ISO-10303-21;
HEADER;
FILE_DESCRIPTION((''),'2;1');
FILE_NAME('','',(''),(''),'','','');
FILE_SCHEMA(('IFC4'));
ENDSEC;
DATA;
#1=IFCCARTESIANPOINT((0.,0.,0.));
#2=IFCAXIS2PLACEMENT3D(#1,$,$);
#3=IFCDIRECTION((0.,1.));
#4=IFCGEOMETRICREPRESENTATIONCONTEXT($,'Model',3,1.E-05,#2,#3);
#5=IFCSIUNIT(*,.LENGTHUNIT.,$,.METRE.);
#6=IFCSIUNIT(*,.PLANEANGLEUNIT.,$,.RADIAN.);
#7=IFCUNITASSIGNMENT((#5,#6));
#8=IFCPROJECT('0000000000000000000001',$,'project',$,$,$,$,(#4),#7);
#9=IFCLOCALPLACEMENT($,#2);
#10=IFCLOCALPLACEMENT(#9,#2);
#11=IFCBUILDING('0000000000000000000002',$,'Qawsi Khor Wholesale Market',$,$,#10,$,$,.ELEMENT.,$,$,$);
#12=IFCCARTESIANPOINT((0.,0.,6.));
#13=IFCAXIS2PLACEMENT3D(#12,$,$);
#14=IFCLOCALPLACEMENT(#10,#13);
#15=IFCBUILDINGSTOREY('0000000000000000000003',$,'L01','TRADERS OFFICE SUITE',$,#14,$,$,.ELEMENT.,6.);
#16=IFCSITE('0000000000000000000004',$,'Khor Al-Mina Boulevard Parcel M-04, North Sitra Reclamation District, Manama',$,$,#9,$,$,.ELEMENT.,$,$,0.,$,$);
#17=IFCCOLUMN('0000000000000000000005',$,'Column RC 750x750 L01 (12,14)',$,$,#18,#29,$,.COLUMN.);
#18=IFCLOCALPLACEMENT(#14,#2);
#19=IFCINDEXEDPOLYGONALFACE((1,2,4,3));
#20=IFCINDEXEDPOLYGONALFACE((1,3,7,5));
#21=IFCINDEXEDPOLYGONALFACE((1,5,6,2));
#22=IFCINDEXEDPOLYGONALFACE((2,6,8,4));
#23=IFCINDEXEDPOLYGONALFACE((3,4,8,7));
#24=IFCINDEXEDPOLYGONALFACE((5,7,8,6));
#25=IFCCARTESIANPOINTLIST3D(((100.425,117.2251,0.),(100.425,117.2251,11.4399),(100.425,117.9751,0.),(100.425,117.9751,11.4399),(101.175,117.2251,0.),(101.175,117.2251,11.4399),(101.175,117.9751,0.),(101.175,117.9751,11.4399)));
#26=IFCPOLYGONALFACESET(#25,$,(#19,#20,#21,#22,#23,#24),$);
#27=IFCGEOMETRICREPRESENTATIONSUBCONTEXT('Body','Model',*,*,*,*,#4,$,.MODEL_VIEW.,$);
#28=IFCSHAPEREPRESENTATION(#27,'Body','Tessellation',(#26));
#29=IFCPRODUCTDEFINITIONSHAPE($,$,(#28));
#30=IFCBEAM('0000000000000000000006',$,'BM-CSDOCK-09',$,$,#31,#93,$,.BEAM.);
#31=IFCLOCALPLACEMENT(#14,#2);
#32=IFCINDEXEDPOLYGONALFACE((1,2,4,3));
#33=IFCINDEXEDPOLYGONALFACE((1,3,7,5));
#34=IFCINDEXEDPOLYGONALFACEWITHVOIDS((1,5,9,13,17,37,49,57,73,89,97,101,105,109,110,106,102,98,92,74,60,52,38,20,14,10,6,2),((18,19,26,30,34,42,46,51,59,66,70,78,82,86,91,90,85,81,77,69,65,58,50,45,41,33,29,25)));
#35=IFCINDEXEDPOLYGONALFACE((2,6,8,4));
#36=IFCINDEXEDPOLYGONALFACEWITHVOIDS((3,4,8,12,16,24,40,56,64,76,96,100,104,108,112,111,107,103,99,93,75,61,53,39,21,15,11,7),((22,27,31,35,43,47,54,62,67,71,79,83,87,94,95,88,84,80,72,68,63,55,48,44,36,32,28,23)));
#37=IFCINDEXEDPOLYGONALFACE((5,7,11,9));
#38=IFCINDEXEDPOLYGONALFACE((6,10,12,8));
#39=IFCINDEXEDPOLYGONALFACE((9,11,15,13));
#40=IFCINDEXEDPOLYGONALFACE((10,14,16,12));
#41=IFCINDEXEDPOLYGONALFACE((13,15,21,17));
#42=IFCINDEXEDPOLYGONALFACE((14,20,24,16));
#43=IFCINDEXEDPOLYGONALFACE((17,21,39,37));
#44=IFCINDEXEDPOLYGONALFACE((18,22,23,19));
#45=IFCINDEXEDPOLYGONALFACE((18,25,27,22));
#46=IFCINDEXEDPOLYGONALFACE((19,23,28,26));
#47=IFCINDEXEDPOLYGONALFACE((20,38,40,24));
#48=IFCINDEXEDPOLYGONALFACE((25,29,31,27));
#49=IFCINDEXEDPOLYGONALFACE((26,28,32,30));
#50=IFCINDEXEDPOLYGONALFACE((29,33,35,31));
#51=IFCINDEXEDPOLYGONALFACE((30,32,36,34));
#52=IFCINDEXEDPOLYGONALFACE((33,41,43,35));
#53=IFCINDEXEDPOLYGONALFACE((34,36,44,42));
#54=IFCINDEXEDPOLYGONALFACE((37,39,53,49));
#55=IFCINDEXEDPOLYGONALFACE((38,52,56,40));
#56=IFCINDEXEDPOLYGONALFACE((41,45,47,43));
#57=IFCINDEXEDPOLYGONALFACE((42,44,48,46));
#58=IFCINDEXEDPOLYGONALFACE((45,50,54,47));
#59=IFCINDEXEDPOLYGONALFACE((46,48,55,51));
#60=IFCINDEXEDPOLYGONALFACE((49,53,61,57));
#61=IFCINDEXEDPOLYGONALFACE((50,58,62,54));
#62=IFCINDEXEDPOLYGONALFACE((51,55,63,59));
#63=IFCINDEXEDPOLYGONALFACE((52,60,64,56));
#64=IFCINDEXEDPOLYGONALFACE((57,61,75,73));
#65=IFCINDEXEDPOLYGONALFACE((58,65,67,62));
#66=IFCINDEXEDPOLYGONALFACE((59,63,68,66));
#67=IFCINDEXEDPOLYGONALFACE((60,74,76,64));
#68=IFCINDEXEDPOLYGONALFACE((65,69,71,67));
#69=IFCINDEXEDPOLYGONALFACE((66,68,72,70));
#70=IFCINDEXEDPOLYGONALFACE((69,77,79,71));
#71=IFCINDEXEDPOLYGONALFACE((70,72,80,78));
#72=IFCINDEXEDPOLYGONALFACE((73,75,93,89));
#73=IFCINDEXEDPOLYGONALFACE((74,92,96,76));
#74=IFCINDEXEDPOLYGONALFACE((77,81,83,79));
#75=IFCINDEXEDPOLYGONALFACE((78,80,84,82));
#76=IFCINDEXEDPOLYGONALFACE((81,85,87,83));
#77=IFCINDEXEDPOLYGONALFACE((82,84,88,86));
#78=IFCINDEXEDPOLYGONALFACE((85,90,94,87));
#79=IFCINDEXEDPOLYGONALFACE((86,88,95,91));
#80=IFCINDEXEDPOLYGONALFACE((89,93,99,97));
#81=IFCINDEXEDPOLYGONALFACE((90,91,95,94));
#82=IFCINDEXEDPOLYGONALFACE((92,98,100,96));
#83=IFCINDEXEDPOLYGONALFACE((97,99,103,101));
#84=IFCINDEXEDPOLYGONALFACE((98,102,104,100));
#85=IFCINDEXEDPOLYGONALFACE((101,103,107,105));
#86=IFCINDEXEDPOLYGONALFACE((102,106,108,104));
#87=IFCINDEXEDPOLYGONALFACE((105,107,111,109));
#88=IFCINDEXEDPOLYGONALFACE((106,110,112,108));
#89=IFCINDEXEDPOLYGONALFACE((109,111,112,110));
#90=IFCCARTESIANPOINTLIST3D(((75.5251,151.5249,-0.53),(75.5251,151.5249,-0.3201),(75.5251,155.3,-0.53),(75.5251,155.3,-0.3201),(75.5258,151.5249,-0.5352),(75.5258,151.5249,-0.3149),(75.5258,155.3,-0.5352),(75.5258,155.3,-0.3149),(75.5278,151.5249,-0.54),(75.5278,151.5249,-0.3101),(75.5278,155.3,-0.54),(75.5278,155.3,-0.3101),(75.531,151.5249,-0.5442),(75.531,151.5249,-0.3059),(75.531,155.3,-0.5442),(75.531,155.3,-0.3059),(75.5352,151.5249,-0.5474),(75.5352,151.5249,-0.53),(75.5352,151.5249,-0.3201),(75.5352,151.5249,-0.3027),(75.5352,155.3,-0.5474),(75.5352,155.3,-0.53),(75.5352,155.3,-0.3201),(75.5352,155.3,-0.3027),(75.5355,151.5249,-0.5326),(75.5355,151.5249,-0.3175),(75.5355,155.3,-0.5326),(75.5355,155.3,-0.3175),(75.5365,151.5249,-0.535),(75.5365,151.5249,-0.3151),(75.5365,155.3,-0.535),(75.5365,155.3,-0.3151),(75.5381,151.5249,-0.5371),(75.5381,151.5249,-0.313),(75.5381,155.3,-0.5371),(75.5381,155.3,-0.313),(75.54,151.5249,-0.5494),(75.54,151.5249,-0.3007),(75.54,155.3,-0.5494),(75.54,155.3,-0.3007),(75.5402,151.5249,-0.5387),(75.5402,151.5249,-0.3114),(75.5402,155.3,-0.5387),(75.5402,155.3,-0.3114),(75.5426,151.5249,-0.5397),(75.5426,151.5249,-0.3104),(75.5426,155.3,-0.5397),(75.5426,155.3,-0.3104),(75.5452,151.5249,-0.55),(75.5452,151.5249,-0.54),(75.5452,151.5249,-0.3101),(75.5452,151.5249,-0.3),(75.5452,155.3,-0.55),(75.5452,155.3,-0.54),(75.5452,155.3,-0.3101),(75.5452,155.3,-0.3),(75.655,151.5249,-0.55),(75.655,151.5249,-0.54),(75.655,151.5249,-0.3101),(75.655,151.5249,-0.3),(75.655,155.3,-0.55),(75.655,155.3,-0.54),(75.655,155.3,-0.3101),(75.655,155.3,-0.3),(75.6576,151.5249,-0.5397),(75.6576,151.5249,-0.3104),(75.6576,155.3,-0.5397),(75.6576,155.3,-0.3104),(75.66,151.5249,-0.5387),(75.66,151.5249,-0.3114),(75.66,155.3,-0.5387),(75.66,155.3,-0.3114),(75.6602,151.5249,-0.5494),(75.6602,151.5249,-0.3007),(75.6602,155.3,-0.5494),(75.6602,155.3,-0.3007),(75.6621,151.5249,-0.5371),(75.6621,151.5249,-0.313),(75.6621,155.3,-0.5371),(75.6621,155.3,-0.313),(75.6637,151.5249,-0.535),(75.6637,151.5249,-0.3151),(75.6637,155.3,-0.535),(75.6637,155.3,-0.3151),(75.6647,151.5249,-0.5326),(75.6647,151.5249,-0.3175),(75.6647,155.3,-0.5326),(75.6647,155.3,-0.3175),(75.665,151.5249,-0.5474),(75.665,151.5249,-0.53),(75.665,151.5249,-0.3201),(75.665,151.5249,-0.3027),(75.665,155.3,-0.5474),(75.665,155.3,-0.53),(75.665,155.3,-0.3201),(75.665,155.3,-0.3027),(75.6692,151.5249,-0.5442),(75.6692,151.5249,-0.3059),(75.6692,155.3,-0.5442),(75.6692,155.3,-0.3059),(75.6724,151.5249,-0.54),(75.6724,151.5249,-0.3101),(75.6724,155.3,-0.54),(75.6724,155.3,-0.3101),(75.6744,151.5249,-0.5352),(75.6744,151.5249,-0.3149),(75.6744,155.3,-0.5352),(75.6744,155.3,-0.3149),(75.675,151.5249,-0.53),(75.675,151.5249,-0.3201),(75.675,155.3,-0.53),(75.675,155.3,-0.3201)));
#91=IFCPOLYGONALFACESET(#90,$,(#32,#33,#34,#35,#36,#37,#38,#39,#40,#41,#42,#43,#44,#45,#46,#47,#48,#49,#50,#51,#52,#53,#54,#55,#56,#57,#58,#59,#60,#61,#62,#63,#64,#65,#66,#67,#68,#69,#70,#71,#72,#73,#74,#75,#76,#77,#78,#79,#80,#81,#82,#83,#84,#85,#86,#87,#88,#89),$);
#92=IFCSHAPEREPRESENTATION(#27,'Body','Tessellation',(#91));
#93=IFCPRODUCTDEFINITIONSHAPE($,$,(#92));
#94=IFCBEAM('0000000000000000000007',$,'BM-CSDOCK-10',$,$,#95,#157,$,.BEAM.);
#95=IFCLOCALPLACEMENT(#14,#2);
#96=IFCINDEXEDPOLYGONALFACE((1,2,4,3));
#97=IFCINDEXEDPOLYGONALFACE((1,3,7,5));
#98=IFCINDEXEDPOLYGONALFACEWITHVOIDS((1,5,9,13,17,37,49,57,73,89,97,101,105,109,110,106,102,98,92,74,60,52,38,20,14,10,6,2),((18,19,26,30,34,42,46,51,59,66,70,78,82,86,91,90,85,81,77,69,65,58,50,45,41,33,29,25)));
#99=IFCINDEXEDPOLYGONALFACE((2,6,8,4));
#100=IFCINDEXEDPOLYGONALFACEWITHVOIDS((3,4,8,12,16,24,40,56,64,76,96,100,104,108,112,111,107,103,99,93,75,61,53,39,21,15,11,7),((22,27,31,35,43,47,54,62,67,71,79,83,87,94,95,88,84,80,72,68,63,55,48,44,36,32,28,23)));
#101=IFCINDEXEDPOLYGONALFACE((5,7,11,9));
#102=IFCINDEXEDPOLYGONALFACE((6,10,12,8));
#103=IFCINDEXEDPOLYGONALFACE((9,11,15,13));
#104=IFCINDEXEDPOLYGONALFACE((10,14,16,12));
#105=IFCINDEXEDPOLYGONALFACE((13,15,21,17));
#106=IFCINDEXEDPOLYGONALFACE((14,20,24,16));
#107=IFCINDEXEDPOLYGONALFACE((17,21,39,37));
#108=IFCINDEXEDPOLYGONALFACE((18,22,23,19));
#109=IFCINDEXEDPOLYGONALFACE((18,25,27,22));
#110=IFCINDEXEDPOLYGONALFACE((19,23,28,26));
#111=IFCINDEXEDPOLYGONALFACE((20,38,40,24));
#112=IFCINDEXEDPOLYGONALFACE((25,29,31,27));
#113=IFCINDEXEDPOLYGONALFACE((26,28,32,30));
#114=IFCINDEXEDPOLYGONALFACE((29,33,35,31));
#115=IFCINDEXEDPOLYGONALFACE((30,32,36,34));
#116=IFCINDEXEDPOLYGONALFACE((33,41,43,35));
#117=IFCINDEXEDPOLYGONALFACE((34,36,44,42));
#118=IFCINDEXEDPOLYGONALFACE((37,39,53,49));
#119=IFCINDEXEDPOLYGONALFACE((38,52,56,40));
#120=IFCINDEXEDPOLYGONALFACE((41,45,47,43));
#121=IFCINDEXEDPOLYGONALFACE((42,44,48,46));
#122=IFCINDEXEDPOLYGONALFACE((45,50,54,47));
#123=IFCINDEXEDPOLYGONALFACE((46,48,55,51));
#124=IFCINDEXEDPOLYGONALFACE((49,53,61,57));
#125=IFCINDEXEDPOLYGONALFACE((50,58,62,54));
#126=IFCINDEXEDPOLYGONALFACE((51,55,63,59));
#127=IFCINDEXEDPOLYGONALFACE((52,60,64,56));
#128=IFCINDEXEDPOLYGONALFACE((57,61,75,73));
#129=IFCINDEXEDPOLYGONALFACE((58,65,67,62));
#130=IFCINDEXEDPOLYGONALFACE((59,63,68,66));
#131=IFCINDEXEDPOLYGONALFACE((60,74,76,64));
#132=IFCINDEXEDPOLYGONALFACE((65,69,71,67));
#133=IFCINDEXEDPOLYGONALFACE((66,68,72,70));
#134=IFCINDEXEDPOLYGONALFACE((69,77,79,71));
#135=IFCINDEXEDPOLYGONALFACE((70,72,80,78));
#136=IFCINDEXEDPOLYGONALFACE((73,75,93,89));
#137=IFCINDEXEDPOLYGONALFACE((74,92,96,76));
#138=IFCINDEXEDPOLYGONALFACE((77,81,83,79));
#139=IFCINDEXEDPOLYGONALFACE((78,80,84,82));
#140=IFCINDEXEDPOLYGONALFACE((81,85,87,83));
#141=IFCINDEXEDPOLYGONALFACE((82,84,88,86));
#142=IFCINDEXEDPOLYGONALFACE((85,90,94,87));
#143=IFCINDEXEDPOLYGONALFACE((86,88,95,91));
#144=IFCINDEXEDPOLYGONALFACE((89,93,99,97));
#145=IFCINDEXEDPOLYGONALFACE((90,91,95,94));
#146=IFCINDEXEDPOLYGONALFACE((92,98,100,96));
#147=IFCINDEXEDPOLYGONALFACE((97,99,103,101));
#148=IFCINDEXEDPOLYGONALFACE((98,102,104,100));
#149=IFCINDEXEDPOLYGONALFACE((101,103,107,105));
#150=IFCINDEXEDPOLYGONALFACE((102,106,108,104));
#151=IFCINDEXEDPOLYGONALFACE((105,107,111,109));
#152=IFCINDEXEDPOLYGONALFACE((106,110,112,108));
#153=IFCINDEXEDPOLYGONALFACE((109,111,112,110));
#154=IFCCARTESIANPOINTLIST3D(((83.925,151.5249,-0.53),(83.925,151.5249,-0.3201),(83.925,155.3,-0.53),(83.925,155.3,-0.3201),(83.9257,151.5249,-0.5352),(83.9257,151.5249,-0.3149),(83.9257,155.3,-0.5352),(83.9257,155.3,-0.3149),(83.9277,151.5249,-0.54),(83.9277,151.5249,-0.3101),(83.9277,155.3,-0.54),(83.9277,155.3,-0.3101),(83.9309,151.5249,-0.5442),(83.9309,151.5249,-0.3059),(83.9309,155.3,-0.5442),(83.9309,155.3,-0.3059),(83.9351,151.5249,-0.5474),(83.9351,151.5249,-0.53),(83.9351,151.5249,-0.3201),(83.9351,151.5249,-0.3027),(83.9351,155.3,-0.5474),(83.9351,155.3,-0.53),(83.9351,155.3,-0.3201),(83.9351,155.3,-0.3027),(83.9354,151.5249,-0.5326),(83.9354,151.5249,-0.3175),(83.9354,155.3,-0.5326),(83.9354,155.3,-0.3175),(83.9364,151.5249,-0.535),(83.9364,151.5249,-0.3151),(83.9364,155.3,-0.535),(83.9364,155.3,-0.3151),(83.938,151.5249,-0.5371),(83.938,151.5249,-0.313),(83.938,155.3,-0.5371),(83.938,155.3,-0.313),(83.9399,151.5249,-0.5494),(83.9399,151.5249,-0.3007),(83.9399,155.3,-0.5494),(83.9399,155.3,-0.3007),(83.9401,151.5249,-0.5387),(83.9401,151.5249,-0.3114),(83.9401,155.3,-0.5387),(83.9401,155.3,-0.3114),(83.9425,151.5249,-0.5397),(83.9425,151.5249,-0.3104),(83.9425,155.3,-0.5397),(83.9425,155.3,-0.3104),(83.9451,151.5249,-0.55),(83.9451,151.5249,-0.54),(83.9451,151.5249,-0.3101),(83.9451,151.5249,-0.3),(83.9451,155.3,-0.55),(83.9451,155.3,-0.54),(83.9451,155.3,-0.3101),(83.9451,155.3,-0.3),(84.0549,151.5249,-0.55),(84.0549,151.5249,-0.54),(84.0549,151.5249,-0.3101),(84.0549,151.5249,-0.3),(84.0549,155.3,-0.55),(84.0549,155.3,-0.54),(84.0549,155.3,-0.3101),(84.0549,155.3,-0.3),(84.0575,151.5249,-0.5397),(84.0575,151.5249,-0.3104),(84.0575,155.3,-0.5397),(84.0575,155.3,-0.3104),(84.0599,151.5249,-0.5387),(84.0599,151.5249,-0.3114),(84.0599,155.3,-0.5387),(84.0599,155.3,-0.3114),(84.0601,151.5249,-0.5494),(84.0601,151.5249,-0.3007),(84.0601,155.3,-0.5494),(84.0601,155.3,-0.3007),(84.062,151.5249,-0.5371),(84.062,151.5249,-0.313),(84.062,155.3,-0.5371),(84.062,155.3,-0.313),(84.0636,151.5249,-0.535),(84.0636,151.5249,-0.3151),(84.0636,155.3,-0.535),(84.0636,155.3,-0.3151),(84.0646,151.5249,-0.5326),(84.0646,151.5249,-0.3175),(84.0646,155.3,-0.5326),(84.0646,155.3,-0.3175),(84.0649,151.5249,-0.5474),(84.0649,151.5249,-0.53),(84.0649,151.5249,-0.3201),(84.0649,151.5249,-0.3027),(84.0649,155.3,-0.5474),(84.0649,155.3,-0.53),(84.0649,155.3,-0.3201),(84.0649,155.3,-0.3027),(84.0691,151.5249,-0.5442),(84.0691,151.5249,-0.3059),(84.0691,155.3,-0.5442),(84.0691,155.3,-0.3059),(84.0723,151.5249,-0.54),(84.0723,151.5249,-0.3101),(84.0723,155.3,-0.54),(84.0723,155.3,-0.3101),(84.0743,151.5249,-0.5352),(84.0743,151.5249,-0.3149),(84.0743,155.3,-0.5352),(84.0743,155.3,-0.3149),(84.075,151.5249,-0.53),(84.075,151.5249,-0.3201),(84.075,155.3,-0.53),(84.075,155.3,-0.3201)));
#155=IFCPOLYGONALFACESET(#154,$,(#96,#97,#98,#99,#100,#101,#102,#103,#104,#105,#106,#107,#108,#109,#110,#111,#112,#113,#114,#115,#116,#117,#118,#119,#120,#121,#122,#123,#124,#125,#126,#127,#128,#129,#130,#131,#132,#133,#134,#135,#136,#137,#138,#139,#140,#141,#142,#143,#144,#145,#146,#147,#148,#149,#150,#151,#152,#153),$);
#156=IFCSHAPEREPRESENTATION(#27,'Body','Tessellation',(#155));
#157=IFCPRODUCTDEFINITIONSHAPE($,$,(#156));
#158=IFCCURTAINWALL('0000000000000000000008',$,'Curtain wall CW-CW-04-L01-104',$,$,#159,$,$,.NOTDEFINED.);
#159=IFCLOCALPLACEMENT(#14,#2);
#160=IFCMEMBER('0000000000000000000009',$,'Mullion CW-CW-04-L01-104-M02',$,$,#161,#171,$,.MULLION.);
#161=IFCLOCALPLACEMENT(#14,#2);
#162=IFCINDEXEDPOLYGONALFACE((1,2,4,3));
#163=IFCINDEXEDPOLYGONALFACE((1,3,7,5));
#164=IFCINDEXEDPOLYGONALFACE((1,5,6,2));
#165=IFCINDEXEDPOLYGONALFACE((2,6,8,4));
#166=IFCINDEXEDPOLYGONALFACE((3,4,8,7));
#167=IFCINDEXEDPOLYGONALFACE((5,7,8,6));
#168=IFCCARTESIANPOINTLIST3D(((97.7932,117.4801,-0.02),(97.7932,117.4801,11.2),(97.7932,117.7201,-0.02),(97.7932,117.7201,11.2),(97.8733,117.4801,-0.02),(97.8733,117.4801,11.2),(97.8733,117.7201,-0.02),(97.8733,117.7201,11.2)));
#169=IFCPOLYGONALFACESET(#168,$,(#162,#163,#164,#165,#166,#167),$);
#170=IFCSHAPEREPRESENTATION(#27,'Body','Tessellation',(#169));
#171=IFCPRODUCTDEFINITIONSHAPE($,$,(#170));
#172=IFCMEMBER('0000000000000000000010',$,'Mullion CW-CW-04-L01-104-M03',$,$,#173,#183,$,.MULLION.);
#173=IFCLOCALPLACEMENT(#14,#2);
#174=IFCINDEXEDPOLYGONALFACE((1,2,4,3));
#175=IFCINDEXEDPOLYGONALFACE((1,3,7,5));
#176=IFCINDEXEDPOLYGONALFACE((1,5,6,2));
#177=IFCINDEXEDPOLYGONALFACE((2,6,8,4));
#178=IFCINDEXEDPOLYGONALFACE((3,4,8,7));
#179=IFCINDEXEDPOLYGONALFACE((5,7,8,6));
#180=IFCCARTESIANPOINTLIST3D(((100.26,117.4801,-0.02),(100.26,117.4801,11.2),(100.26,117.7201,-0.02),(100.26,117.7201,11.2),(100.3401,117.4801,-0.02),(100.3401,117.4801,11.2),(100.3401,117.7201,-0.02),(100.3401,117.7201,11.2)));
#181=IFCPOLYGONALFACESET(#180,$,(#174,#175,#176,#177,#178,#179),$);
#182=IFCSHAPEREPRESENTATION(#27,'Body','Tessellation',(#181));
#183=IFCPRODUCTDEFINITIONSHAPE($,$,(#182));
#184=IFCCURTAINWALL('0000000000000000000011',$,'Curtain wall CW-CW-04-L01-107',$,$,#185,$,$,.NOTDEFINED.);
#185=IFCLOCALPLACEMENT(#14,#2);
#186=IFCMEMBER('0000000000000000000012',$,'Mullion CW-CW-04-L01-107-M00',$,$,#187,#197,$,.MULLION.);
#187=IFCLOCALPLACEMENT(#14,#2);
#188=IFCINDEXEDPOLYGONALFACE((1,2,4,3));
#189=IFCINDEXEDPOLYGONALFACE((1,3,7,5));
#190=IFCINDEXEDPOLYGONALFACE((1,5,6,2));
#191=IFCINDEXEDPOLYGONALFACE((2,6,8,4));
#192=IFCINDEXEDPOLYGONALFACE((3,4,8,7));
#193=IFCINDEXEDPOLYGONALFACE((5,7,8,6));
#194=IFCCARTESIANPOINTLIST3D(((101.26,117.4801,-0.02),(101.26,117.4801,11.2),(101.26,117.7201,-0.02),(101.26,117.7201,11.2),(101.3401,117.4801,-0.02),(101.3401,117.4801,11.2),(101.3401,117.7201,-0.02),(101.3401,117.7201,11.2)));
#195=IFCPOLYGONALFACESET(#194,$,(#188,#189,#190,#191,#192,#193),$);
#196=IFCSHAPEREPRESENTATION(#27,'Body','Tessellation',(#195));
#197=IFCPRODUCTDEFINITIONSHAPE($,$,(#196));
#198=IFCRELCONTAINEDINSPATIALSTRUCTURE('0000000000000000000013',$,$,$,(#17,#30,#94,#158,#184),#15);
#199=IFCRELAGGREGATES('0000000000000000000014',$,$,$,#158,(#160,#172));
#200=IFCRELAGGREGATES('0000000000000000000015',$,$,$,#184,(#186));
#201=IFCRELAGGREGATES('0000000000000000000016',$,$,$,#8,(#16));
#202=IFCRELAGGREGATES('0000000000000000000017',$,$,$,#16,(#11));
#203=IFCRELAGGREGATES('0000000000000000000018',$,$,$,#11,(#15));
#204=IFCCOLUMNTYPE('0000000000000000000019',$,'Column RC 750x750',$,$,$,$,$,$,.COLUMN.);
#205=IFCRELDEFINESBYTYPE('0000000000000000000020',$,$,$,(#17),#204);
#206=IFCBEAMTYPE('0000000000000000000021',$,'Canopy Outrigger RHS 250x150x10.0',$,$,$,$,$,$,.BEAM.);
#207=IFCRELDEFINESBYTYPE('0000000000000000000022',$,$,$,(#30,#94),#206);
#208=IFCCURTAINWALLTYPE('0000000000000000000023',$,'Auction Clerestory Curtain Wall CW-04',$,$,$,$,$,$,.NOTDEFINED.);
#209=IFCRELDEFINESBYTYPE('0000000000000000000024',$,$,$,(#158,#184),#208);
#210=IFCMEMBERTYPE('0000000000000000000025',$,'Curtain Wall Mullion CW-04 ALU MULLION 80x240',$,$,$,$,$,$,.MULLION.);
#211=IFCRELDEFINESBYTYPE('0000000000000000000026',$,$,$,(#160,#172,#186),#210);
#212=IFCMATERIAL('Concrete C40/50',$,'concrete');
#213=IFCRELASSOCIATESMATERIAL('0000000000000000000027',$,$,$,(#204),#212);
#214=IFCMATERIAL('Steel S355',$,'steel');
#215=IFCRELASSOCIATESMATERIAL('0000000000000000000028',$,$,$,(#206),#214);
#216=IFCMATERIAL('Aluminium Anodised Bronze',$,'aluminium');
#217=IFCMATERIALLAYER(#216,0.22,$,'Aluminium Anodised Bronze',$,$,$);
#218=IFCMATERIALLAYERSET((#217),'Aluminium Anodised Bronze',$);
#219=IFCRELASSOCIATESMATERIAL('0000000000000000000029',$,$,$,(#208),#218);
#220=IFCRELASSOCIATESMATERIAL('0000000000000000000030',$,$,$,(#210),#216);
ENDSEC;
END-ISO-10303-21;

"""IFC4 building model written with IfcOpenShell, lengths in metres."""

from ifc_helpers import new_model, si_unit, direction, frame, origin, origin_2d, place, context, subcontext, project, spatial, rectangle, hollow_rectangle, extrude, material, layer, layer_set, material_profile, profile_set, type_object, element, aggregate, save


model = new_model("IFC4")

# Units and contexts
model_context = context("Model", 3, precision=1e-05, world=origin(), true_north=direction((0.0, 1.0)))
body_context = subcontext(model_context, "Body", "Model", "MODEL_VIEW")
ifc_project = project(units=[si_unit("LENGTHUNIT", "METRE"), si_unit("PLANEANGLEUNIT", "RADIAN")], contexts=[model_context])

# Site, building, storey
site_placement = place(None, origin())
site = spatial("IfcSite", under=ifc_project, at=site_placement, Name="Khor Al-Mina Boulevard Parcel M-04, North Sitra Reclamation District, Manama", CompositionType="ELEMENT", RefElevation=0.0)
building_placement = place(site_placement, origin())
building = spatial("IfcBuilding", under=site, at=building_placement, Name="Qawsi Khor Wholesale Market", CompositionType="ELEMENT")
storey_placement = place(building_placement, frame((0.0, 0.0, 6.0)))
storey = spatial("IfcBuildingStorey", under=building, at=storey_placement, Name="L01", Description="TRADERS OFFICE SUITE", CompositionType="ELEMENT", Elevation=6.0)

# Column
ifc_material_1 = material(Name="Concrete C40/50", Category="concrete")
ifc_material_profile_1 = material_profile(ifc_material_1, rectangle(XDim=0.75, YDim=0.75, at=origin_2d()), Name="RC 750x750")
ifc_profile_set_1 = profile_set([ifc_material_profile_1], Name="Concrete C40/50")
column_type = type_object("IfcColumnType", Name="Column RC 750x750", PredefinedType="COLUMN", material=ifc_profile_set_1)
column_placement = place(storey_placement, frame((100.8, 117.6001, 0.0), z_axis=(0.0, 0.0, 1.0), x_axis=(1.0, 0.0, 0.0)))
element("IfcColumn", 1, at=column_placement, inside=storey, type_object=column_type, Name="Column RC 750x750 L01 (12,14)", PredefinedType="COLUMN", context=body_context, shape_type="SweptSolid", body=[
    extrude(rectangle(XDim=0.75, YDim=0.75, at=origin_2d()), origin(), (0.0, 0.0, 1.0), 11.4399),
])

# Beams
ifc_material_2 = material(Name="Steel S355", Category="steel")
ifc_material_profile_2 = material_profile(ifc_material_2, hollow_rectangle(XDim=0.1499, YDim=0.25, WallThickness=0.01, InnerFilletRadius=0.01, OuterFilletRadius=0.02, at=origin_2d()), Name="RHS 250x150x10.0")
ifc_profile_set_2 = profile_set([ifc_material_profile_2], Name="Steel S355")
beam_type_1 = type_object("IfcBeamType", Name="Canopy Outrigger RHS 250x150x10.0", PredefinedType="BEAM", material=ifc_profile_set_2)
for number, where, z_axis, x_axis, name in (
    (2, (75.6001, 151.5249, -0.425), (0.0, 1.0, 0.0), (-1.0, 0.0, 0.0), "BM-CSDOCK-09"),
    (3, (84.0, 151.5249, -0.425), (0.0, 1.0, 0.0), (-1.0, 0.0, 0.0), "BM-CSDOCK-10"),
):
    element("IfcBeam", number, at=place(storey_placement, frame(where, z_axis=z_axis, x_axis=x_axis)), inside=storey, type_object=beam_type_1, Name=name, PredefinedType="BEAM", context=body_context, shape_type="SweptSolid", body=[
        extrude(hollow_rectangle(XDim=0.1499, YDim=0.25, WallThickness=0.01, InnerFilletRadius=0.01, OuterFilletRadius=0.02, at=origin_2d()), origin(), (0.0, 0.0, 1.0), 3.7751),
    ])

# Curtain wall, members
ifc_material_3 = material(Name="Aluminium Anodised Bronze", Category="aluminium")
ifc_layer_1 = layer(ifc_material_3, 0.22, Name="Aluminium Anodised Bronze")
ifc_layer_set_1 = layer_set([ifc_layer_1], Name="Aluminium Anodised Bronze")
curtain_wall_type = type_object("IfcCurtainWallType", Name="Auction Clerestory Curtain Wall CW-04", PredefinedType="NOTDEFINED", material=ifc_layer_set_1)
curtain_wall_1_placement = place(storey_placement, origin())
curtain_wall_1 = element("IfcCurtainWall", 4, at=curtain_wall_1_placement, inside=storey, type_object=curtain_wall_type, Name="Curtain wall CW-CW-04-L01-104", PredefinedType="NOTDEFINED")
ifc_material_profile_3 = material_profile(ifc_material_3, rectangle(XDim=0.0801, YDim=0.24, at=origin_2d()), Name="ALU MULLION 80x240")
ifc_profile_set_3 = profile_set([ifc_material_profile_3], Name="Aluminium Anodised Bronze")
member_type_1 = type_object("IfcMemberType", Name="Curtain Wall Mullion CW-04 ALU MULLION 80x240", PredefinedType="MULLION", material=ifc_profile_set_3)
member_1_placement = place(storey_placement, frame((97.8333, 117.6001, -0.02), z_axis=(0.0, 0.0, 1.0), x_axis=(1.0, 0.0, 0.0)))
member_1 = element("IfcMember", 5, at=member_1_placement, type_object=member_type_1, Name="Mullion CW-CW-04-L01-104-M02", PredefinedType="MULLION", context=body_context, shape_type="SweptSolid", body=[
    extrude(rectangle(XDim=0.0801, YDim=0.24, at=origin_2d()), origin(), (0.0, 0.0, 1.0), 11.22),
])
member_2_placement = place(storey_placement, frame((100.3, 117.6001, -0.02), z_axis=(0.0, 0.0, 1.0), x_axis=(1.0, 0.0, 0.0)))
member_2 = element("IfcMember", 6, at=member_2_placement, type_object=member_type_1, Name="Mullion CW-CW-04-L01-104-M03", PredefinedType="MULLION", context=body_context, shape_type="SweptSolid", body=[
    extrude(rectangle(XDim=0.0801, YDim=0.24, at=origin_2d()), origin(), (0.0, 0.0, 1.0), 11.22),
])

# Curtain wall, member
curtain_wall_2_placement = place(storey_placement, origin())
curtain_wall_2 = element("IfcCurtainWall", 7, at=curtain_wall_2_placement, inside=storey, type_object=curtain_wall_type, Name="Curtain wall CW-CW-04-L01-107", PredefinedType="NOTDEFINED")
member_3_placement = place(storey_placement, frame((101.3, 117.6001, -0.02), z_axis=(0.0, 0.0, 1.0), x_axis=(1.0, 0.0, 0.0)))
member_3 = element("IfcMember", 8, at=member_3_placement, type_object=member_type_1, Name="Mullion CW-CW-04-L01-107-M00", PredefinedType="MULLION", context=body_context, shape_type="SweptSolid", body=[
    extrude(rectangle(XDim=0.0801, YDim=0.24, at=origin_2d()), origin(), (0.0, 0.0, 1.0), 11.22),
])

aggregate(curtain_wall_1, [member_1, member_2])
aggregate(curtain_wall_2, [member_3])

save(model, "model.ifc")
